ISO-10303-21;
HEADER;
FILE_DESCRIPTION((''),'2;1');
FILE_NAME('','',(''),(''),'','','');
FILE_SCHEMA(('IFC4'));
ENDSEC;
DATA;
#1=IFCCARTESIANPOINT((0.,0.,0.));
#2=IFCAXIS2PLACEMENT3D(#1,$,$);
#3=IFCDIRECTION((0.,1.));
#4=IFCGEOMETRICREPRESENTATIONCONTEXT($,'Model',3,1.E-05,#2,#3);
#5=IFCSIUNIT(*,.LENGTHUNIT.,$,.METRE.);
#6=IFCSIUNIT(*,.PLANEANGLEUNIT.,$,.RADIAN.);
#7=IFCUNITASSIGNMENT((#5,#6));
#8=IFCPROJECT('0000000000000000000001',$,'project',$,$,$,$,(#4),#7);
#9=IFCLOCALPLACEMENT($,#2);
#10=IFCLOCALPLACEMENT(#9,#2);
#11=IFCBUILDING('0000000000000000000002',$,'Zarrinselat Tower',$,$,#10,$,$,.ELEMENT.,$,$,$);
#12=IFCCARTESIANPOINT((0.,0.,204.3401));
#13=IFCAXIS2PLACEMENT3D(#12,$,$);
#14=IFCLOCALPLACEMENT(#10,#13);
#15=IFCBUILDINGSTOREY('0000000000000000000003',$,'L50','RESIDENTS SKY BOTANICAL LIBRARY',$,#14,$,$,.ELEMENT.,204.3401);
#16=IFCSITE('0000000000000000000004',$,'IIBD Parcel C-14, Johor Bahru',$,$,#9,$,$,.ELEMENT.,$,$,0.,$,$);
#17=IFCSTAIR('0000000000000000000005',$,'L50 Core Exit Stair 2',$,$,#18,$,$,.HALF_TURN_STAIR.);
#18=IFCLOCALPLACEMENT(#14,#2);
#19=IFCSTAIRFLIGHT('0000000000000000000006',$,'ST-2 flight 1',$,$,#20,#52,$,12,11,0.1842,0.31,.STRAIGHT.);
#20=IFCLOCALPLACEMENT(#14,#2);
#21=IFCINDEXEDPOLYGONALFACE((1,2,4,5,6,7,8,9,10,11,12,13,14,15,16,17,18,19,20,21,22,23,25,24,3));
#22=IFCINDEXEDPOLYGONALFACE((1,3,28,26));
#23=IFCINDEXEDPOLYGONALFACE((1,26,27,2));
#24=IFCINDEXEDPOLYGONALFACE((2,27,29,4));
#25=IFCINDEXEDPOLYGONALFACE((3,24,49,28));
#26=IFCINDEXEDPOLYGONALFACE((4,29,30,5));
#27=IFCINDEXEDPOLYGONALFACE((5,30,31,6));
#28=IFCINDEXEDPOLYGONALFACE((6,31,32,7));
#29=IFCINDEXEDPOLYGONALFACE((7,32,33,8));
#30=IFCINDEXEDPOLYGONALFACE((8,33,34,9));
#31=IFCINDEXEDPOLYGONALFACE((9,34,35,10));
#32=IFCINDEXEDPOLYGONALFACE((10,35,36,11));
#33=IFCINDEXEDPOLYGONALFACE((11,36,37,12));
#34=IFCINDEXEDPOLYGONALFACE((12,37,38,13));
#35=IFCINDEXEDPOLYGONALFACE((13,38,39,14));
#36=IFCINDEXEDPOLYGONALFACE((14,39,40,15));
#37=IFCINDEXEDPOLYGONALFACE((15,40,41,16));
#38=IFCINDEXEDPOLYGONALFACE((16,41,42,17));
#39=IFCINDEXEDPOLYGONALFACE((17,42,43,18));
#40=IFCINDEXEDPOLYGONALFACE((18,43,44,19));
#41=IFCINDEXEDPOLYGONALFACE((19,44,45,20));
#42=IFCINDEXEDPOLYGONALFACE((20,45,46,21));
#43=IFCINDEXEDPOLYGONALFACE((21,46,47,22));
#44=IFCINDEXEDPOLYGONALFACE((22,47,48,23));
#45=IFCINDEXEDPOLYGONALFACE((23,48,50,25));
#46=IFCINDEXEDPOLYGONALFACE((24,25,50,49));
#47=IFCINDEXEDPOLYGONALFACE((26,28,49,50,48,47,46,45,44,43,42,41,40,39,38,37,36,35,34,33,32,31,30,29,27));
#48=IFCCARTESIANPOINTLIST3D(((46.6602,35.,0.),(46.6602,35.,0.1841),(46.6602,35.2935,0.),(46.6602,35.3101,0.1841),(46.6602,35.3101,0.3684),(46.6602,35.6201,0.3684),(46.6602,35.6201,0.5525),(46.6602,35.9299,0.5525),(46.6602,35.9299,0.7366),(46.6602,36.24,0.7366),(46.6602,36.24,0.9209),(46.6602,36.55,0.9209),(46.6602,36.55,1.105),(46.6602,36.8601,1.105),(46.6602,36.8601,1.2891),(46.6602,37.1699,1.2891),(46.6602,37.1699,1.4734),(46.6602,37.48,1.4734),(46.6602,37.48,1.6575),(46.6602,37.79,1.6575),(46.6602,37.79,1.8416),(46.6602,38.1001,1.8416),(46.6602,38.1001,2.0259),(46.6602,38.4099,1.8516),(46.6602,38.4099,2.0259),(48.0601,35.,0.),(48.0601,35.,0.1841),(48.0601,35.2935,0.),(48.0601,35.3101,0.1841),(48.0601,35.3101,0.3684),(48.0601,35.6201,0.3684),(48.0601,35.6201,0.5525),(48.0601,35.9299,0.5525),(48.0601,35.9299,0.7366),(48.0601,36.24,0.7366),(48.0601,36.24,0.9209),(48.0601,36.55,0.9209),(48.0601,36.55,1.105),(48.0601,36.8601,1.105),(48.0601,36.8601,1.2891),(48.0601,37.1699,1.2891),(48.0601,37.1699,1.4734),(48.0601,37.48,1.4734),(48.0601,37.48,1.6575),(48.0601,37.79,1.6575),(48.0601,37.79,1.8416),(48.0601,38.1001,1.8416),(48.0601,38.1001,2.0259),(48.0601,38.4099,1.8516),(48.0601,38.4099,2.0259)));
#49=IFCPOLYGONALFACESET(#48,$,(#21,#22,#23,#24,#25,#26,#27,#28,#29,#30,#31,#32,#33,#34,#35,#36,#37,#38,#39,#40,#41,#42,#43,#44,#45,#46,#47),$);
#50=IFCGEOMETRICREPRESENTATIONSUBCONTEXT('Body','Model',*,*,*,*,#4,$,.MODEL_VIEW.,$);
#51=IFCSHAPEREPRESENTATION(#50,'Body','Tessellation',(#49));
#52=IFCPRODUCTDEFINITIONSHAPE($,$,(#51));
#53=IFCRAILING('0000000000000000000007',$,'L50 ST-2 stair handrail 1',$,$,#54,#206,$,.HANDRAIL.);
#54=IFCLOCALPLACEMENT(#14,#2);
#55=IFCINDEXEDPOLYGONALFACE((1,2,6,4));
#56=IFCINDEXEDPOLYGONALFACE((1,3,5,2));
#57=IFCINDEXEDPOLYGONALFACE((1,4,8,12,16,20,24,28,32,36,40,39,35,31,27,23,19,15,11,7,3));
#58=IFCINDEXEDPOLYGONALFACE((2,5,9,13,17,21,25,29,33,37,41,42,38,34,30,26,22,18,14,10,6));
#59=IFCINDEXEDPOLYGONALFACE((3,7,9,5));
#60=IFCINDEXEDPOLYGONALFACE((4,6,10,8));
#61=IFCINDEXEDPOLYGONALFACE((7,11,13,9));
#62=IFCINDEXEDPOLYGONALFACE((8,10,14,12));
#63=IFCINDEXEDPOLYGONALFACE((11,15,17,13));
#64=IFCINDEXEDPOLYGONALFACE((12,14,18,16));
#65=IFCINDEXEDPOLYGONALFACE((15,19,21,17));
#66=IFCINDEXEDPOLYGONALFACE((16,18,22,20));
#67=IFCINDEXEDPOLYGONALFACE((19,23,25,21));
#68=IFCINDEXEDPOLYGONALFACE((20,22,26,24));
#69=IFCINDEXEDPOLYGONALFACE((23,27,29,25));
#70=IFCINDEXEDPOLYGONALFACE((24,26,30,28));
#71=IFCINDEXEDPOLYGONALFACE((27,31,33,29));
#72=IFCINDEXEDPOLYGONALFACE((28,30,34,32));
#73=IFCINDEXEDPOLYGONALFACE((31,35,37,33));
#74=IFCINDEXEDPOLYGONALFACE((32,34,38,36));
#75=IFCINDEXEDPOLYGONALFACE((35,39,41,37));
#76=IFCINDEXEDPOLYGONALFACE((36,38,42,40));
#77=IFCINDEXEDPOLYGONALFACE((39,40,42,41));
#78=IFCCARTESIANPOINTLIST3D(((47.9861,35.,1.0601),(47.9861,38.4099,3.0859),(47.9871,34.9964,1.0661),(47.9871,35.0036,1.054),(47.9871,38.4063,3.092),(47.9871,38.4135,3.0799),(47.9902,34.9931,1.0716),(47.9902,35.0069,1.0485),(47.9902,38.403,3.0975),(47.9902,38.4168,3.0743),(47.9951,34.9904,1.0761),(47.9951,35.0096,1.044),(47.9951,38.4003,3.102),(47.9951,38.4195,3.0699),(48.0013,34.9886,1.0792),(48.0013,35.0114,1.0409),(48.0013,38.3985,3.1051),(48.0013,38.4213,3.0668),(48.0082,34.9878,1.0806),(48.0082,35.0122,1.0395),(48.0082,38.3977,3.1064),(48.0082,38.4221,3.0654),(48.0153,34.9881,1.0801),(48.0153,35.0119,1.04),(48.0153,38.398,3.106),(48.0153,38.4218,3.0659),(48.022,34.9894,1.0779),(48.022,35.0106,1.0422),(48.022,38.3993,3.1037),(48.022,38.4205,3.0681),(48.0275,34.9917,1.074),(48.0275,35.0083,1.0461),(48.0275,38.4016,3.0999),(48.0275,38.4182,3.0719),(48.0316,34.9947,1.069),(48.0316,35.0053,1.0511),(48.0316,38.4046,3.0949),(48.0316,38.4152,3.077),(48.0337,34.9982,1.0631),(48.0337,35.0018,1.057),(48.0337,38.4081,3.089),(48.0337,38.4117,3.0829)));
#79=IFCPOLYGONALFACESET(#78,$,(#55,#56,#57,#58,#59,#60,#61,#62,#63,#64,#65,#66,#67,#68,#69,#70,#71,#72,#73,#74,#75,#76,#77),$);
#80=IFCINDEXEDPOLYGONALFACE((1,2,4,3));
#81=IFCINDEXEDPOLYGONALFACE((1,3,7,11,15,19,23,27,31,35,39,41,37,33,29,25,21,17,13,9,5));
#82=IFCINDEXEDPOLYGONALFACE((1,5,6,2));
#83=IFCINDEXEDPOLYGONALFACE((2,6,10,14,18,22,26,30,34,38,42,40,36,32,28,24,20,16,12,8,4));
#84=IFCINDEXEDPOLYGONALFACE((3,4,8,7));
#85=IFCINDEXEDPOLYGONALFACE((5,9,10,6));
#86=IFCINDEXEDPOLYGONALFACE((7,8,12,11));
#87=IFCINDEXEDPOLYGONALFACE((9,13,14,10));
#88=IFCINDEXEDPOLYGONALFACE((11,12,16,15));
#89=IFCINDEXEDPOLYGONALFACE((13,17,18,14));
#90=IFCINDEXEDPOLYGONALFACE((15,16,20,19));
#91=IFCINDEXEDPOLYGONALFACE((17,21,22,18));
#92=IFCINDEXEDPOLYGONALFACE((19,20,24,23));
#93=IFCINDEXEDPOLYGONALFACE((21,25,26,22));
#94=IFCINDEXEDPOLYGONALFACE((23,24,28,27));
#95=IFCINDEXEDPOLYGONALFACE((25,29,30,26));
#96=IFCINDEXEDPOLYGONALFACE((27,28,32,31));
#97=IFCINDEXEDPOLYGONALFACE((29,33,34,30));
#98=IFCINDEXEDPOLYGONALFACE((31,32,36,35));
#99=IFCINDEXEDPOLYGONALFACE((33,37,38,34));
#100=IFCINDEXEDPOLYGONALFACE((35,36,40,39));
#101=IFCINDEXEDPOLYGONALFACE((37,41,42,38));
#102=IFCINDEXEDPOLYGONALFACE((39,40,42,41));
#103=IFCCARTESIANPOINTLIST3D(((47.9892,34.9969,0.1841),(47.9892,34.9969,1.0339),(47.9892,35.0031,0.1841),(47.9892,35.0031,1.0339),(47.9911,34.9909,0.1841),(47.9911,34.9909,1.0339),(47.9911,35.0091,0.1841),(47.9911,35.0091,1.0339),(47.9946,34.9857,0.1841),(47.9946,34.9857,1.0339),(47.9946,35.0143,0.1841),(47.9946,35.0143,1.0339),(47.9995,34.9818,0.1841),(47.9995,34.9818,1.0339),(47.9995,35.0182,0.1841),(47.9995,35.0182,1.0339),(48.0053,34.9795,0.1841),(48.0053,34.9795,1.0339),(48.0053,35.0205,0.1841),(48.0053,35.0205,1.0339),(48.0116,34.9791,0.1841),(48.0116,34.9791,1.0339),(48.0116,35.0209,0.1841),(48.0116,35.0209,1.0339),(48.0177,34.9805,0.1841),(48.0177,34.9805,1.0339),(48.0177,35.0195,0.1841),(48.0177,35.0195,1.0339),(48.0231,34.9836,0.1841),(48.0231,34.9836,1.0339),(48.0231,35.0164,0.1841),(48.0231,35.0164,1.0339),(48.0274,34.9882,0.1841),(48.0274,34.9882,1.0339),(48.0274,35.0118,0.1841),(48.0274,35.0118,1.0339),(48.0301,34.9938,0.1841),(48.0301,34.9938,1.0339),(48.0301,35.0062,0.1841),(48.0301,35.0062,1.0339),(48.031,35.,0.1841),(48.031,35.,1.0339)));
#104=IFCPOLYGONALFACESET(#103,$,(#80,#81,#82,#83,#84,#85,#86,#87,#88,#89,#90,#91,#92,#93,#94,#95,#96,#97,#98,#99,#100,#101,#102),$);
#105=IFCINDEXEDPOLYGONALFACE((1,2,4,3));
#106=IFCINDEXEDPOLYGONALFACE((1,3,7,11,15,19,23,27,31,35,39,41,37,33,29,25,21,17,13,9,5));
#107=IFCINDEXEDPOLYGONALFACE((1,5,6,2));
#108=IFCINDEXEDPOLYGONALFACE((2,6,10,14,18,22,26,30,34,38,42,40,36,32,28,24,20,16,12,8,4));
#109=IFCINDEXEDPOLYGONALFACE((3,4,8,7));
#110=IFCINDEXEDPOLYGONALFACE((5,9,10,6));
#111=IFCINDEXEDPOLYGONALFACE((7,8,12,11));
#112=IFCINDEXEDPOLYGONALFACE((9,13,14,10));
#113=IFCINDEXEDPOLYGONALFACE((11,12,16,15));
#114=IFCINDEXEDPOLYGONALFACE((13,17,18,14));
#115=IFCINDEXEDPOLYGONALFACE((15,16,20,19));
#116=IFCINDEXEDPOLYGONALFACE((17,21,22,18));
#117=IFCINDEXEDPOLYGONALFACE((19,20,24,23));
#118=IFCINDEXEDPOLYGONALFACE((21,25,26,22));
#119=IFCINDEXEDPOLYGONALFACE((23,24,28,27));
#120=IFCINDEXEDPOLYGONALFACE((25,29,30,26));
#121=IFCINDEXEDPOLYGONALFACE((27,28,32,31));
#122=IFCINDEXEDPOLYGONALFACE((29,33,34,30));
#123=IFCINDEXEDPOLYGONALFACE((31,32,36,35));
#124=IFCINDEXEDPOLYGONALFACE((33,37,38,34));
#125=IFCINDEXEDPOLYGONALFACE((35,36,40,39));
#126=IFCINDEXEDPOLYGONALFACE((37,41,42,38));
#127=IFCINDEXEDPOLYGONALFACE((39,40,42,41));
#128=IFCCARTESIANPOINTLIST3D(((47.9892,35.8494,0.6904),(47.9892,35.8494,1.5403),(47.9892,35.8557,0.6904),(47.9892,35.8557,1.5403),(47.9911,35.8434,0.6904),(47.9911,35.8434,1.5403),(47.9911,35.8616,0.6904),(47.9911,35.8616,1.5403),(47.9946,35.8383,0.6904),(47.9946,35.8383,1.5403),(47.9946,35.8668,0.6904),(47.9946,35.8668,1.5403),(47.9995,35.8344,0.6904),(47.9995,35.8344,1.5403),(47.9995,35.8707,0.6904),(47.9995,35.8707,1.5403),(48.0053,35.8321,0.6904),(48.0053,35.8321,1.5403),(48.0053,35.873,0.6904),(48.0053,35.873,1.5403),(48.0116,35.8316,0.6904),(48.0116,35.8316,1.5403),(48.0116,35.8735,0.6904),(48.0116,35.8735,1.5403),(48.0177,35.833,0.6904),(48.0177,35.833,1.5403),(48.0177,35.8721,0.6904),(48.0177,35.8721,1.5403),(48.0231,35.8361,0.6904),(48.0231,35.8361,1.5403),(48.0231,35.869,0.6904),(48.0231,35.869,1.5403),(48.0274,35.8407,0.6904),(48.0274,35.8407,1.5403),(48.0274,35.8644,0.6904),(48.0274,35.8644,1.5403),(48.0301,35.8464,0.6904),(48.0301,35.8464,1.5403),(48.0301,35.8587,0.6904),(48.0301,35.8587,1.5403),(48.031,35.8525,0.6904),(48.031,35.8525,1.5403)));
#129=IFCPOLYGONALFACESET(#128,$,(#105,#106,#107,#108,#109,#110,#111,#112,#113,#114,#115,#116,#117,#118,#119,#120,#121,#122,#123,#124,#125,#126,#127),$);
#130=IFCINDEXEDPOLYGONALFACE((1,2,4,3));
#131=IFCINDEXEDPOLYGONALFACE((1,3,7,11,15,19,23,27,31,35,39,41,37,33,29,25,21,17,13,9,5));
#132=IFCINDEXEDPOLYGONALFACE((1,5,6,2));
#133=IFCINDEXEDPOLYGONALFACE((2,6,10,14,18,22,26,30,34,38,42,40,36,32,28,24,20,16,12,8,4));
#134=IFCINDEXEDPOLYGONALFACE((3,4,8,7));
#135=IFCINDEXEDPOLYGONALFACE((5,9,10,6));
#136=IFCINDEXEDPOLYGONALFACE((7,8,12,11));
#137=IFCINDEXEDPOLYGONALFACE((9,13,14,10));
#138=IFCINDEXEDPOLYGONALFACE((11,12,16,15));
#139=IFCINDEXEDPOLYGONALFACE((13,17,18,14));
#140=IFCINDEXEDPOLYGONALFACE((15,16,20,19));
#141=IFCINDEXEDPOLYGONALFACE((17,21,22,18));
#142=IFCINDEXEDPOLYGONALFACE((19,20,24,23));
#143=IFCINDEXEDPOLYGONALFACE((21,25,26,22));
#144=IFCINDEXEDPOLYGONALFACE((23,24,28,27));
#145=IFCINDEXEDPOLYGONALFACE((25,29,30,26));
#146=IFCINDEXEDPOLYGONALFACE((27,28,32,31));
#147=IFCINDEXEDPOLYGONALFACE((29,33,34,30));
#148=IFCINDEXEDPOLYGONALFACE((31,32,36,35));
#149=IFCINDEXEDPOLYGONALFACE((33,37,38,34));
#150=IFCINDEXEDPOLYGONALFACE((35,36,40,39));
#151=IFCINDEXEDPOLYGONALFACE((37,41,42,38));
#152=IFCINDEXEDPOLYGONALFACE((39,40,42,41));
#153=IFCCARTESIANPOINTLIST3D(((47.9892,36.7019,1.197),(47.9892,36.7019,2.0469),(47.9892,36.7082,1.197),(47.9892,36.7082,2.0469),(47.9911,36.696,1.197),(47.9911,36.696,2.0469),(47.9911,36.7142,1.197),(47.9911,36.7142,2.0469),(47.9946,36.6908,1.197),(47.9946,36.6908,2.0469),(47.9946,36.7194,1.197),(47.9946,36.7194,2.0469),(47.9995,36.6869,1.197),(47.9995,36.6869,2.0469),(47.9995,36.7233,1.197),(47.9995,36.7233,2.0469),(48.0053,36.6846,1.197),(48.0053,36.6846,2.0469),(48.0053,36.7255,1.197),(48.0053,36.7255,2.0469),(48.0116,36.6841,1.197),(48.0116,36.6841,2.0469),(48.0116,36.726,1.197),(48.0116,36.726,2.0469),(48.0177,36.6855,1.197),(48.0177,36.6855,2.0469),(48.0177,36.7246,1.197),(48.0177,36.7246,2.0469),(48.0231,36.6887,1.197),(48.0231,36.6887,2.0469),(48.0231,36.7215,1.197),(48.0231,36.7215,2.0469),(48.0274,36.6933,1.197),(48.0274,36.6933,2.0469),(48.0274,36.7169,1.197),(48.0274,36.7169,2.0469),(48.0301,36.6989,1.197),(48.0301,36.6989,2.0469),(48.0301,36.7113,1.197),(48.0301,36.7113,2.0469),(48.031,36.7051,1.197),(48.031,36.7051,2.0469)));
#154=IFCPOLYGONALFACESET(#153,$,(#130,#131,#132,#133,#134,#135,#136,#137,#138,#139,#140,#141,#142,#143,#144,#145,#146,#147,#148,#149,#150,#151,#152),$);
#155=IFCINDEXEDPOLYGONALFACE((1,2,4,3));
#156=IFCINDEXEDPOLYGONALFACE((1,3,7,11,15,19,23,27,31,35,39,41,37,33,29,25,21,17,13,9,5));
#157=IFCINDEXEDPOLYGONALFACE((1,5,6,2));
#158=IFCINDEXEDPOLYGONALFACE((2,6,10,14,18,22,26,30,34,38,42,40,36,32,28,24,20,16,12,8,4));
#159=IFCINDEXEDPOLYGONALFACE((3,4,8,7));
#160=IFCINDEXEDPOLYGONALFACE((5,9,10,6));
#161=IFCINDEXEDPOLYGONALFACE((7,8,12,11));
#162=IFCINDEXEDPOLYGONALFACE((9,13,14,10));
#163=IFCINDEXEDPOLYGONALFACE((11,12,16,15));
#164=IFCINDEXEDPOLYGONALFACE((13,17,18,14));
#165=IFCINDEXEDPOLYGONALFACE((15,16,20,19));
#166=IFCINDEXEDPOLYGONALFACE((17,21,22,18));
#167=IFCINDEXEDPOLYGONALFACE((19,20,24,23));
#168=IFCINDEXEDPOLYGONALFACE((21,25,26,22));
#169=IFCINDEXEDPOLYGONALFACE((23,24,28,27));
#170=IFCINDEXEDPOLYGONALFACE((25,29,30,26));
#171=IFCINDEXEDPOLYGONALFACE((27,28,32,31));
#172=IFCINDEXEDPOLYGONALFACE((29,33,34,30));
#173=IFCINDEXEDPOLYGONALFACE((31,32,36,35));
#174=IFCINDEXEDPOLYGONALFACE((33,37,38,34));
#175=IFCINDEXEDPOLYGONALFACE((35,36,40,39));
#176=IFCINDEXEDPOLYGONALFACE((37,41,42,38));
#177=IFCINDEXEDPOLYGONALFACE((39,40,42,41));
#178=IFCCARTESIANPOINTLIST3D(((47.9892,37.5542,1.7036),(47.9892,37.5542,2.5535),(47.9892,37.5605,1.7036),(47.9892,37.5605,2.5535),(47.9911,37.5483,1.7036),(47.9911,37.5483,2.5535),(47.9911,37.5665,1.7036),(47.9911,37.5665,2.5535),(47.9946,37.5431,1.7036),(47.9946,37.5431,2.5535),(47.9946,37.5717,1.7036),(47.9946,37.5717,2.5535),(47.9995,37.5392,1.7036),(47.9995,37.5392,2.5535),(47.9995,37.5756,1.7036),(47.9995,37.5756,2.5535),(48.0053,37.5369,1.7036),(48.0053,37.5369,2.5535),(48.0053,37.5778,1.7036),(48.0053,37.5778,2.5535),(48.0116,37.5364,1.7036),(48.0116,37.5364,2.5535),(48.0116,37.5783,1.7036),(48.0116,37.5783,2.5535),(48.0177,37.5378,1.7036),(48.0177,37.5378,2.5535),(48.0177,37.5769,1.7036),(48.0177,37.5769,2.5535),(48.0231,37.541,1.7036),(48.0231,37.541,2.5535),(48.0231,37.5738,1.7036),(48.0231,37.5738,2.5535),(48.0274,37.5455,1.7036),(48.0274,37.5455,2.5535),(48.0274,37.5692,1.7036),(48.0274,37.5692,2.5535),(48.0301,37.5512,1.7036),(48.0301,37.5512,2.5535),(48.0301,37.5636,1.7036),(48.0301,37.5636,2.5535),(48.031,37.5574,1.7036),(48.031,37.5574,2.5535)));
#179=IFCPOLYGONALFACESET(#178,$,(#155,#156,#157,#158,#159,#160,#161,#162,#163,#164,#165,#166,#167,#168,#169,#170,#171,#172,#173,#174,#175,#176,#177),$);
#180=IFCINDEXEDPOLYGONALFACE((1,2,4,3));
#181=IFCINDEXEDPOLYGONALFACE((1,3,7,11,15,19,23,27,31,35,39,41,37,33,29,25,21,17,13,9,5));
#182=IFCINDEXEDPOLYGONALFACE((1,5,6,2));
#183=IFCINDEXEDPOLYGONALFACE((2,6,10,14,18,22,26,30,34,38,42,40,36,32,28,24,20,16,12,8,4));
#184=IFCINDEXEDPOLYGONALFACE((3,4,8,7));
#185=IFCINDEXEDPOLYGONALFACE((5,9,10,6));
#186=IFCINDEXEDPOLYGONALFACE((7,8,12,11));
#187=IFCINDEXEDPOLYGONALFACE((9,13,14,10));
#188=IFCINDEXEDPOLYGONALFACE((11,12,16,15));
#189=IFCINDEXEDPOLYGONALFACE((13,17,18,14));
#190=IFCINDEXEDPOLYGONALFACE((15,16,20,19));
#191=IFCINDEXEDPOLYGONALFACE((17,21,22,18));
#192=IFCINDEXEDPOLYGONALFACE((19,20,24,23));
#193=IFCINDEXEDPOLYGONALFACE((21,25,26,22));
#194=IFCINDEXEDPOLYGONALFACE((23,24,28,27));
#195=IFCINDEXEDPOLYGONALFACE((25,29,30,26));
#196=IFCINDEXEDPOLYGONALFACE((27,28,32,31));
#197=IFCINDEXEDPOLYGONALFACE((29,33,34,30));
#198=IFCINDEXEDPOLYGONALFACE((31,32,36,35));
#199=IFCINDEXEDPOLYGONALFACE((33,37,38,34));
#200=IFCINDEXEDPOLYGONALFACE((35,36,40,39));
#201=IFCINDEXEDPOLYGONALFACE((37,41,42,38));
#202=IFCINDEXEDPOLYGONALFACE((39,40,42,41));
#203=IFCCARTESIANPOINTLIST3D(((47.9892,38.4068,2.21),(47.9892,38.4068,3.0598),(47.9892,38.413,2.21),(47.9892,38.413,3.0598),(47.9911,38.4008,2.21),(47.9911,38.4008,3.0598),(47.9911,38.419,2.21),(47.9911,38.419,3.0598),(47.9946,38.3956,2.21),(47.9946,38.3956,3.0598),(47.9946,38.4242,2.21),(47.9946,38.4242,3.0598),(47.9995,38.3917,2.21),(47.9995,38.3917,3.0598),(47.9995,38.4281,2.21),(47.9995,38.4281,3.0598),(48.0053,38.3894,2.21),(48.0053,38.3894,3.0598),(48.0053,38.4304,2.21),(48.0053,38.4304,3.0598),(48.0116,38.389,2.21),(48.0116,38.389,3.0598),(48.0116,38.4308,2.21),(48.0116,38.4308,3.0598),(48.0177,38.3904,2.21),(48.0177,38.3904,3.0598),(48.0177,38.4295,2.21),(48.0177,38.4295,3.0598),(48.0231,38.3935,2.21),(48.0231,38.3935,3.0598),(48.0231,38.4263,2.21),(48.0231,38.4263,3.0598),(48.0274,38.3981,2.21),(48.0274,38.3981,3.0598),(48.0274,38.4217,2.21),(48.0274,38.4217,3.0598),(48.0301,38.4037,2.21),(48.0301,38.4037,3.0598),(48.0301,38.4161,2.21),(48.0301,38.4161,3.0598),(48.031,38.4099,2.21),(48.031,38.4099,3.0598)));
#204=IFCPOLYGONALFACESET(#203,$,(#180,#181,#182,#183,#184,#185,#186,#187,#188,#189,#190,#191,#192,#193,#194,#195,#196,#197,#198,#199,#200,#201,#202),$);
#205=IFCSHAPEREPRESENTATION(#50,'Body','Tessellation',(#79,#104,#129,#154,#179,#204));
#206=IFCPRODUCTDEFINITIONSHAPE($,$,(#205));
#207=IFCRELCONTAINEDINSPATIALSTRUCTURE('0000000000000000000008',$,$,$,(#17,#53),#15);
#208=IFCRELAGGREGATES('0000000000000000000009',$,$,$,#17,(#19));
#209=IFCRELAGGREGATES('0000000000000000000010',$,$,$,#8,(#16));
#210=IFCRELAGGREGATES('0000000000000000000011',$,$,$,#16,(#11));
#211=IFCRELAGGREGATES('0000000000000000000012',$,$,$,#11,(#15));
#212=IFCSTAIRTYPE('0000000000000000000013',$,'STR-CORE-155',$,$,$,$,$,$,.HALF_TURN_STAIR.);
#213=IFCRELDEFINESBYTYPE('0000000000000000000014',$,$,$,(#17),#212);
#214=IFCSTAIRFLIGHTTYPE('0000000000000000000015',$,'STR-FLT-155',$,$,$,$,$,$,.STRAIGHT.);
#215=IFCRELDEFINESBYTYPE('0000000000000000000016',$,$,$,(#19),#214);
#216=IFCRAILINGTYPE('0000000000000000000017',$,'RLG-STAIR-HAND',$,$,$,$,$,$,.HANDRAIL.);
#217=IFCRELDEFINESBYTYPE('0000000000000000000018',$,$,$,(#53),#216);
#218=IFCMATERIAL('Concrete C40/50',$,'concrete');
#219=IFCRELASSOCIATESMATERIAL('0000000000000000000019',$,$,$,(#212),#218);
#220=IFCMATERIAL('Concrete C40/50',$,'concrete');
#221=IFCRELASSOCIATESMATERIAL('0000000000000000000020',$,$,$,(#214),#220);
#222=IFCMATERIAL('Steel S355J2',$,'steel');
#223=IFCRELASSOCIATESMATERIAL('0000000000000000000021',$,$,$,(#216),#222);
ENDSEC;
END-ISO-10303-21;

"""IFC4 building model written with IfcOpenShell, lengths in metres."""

from ifc_helpers import new_model, si_unit, direction, frame, origin, origin_2d, place, context, subcontext, project, spatial, polyline, circle, outline, extrude, material, type_object, element, aggregate, save


model = new_model("IFC4")

# Units and contexts
model_context = context("Model", 3, precision=1e-05, world=origin(), true_north=direction((0.0, 1.0)))
body_context = subcontext(model_context, "Body", "Model", "MODEL_VIEW")
ifc_project = project(units=[si_unit("LENGTHUNIT", "METRE"), si_unit("PLANEANGLEUNIT", "RADIAN")], contexts=[model_context])

# Site, building, storey
site_placement = place(None, origin())
site = spatial("IfcSite", under=ifc_project, at=site_placement, Name="IIBD Parcel C-14, Johor Bahru", CompositionType="ELEMENT", RefElevation=0.0)
building_placement = place(site_placement, origin())
building = spatial("IfcBuilding", under=site, at=building_placement, Name="Zarrinselat Tower", CompositionType="ELEMENT")
storey_placement = place(building_placement, frame((0.0, 0.0, 204.3401)))
storey = spatial("IfcBuildingStorey", under=building, at=storey_placement, Name="L50", Description="RESIDENTS SKY BOTANICAL LIBRARY", CompositionType="ELEMENT", Elevation=204.3401)

# Stair, stair flight
ifc_material_1 = material(Name="Concrete C40/50", Category="concrete")
stair_type = type_object("IfcStairType", Name="STR-CORE-155", PredefinedType="HALF_TURN_STAIR", material=ifc_material_1)
stair_placement = place(storey_placement, origin())
stair = element("IfcStair", 1, at=stair_placement, inside=storey, type_object=stair_type, Name="L50 Core Exit Stair 2", PredefinedType="HALF_TURN_STAIR")
ifc_material_2 = material(Name="Concrete C40/50", Category="concrete")
stair_flight_type = type_object("IfcStairFlightType", Name="STR-FLT-155", PredefinedType="STRAIGHT", material=ifc_material_2)
stair_flight_placement = place(storey_placement, frame((47.3601, 35.0, 0.0), z_axis=(0.0, 0.0, 1.0), x_axis=(0.0, 1.0, 0.0)))
stair_flight = element("IfcStairFlight", 2, at=stair_flight_placement, type_object=stair_flight_type, Name="ST-2 flight 1", NumberOfRisers=12, NumberOfTreads=11, PredefinedType="STRAIGHT", RiserHeight=0.1842, TreadLength=0.31, context=body_context, shape_type="SweptSolid", body=[
    extrude(outline(polyline([(0.0, 0.0), (0.0, 0.1841), (0.3101, 0.1841), (0.3101, 0.3684), (0.6201, 0.3684), (0.6201, 0.5525), (0.9299, 0.5525), (0.9299, 0.7366), (1.24, 0.7366), (1.24, 0.9209), (1.55, 0.9209), (1.55, 1.105), (1.8601, 1.105), (1.8601, 1.2891), (2.1699, 1.2891), (2.1699, 1.4734), (2.48, 1.4734), (2.48, 1.6575), (2.79, 1.6575), (2.79, 1.8416), (3.1001, 1.8416), (3.1001, 2.0259), (3.4099, 2.0259), (3.4099, 2.21), (3.4099, 1.8516), (0.2935, 0.0), (0.0, 0.0)])), frame((0.0, 0.7, 0.0), z_axis=(0.0, -1.0, 0.0), x_axis=(1.0, 0.0, 0.0)), (0.0, 0.0, 1.0), 1.3999),
])
aggregate(stair, [stair_flight])

# Railing
ifc_material_3 = material(Name="Steel S355J2", Category="steel")
railing_type = type_object("IfcRailingType", Name="RLG-STAIR-HAND", PredefinedType="HANDRAIL", material=ifc_material_3)
railing_placement = place(storey_placement, frame((48.01, 35.0, 0.1841)))
element("IfcRailing", 3, at=railing_placement, inside=storey, type_object=railing_type, Name="L50 ST-2 stair handrail 1", PredefinedType="HANDRAIL", context=body_context, shape_type="SweptSolid", body=[
    extrude(circle(Radius=0.0239, at=origin_2d()), frame((0.0, 0.0, 0.876), z_axis=(0.0, 0.859717, 0.510771), x_axis=(-1.0, 0.0, 0.0)), (0.0, 0.0, 1.0), 3.9663),
    extrude(circle(Radius=0.021, at=origin_2d()), origin(), (0.0, 0.0, 1.0), 0.8499),
    extrude(circle(Radius=0.021, at=origin_2d()), frame((0.0, 0.8525, 0.5063)), (0.0, 0.0, 1.0), 0.8499),
    extrude(circle(Radius=0.021, at=origin_2d()), frame((0.0, 1.7051, 1.0129)), (0.0, 0.0, 1.0), 0.8499),
    extrude(circle(Radius=0.021, at=origin_2d()), frame((0.0, 2.5574, 1.5195)), (0.0, 0.0, 1.0), 0.8499),
    extrude(circle(Radius=0.021, at=origin_2d()), frame((0.0, 3.4099, 2.0259)), (0.0, 0.0, 1.0), 0.8499),
])

save(model, "model.ifc")
